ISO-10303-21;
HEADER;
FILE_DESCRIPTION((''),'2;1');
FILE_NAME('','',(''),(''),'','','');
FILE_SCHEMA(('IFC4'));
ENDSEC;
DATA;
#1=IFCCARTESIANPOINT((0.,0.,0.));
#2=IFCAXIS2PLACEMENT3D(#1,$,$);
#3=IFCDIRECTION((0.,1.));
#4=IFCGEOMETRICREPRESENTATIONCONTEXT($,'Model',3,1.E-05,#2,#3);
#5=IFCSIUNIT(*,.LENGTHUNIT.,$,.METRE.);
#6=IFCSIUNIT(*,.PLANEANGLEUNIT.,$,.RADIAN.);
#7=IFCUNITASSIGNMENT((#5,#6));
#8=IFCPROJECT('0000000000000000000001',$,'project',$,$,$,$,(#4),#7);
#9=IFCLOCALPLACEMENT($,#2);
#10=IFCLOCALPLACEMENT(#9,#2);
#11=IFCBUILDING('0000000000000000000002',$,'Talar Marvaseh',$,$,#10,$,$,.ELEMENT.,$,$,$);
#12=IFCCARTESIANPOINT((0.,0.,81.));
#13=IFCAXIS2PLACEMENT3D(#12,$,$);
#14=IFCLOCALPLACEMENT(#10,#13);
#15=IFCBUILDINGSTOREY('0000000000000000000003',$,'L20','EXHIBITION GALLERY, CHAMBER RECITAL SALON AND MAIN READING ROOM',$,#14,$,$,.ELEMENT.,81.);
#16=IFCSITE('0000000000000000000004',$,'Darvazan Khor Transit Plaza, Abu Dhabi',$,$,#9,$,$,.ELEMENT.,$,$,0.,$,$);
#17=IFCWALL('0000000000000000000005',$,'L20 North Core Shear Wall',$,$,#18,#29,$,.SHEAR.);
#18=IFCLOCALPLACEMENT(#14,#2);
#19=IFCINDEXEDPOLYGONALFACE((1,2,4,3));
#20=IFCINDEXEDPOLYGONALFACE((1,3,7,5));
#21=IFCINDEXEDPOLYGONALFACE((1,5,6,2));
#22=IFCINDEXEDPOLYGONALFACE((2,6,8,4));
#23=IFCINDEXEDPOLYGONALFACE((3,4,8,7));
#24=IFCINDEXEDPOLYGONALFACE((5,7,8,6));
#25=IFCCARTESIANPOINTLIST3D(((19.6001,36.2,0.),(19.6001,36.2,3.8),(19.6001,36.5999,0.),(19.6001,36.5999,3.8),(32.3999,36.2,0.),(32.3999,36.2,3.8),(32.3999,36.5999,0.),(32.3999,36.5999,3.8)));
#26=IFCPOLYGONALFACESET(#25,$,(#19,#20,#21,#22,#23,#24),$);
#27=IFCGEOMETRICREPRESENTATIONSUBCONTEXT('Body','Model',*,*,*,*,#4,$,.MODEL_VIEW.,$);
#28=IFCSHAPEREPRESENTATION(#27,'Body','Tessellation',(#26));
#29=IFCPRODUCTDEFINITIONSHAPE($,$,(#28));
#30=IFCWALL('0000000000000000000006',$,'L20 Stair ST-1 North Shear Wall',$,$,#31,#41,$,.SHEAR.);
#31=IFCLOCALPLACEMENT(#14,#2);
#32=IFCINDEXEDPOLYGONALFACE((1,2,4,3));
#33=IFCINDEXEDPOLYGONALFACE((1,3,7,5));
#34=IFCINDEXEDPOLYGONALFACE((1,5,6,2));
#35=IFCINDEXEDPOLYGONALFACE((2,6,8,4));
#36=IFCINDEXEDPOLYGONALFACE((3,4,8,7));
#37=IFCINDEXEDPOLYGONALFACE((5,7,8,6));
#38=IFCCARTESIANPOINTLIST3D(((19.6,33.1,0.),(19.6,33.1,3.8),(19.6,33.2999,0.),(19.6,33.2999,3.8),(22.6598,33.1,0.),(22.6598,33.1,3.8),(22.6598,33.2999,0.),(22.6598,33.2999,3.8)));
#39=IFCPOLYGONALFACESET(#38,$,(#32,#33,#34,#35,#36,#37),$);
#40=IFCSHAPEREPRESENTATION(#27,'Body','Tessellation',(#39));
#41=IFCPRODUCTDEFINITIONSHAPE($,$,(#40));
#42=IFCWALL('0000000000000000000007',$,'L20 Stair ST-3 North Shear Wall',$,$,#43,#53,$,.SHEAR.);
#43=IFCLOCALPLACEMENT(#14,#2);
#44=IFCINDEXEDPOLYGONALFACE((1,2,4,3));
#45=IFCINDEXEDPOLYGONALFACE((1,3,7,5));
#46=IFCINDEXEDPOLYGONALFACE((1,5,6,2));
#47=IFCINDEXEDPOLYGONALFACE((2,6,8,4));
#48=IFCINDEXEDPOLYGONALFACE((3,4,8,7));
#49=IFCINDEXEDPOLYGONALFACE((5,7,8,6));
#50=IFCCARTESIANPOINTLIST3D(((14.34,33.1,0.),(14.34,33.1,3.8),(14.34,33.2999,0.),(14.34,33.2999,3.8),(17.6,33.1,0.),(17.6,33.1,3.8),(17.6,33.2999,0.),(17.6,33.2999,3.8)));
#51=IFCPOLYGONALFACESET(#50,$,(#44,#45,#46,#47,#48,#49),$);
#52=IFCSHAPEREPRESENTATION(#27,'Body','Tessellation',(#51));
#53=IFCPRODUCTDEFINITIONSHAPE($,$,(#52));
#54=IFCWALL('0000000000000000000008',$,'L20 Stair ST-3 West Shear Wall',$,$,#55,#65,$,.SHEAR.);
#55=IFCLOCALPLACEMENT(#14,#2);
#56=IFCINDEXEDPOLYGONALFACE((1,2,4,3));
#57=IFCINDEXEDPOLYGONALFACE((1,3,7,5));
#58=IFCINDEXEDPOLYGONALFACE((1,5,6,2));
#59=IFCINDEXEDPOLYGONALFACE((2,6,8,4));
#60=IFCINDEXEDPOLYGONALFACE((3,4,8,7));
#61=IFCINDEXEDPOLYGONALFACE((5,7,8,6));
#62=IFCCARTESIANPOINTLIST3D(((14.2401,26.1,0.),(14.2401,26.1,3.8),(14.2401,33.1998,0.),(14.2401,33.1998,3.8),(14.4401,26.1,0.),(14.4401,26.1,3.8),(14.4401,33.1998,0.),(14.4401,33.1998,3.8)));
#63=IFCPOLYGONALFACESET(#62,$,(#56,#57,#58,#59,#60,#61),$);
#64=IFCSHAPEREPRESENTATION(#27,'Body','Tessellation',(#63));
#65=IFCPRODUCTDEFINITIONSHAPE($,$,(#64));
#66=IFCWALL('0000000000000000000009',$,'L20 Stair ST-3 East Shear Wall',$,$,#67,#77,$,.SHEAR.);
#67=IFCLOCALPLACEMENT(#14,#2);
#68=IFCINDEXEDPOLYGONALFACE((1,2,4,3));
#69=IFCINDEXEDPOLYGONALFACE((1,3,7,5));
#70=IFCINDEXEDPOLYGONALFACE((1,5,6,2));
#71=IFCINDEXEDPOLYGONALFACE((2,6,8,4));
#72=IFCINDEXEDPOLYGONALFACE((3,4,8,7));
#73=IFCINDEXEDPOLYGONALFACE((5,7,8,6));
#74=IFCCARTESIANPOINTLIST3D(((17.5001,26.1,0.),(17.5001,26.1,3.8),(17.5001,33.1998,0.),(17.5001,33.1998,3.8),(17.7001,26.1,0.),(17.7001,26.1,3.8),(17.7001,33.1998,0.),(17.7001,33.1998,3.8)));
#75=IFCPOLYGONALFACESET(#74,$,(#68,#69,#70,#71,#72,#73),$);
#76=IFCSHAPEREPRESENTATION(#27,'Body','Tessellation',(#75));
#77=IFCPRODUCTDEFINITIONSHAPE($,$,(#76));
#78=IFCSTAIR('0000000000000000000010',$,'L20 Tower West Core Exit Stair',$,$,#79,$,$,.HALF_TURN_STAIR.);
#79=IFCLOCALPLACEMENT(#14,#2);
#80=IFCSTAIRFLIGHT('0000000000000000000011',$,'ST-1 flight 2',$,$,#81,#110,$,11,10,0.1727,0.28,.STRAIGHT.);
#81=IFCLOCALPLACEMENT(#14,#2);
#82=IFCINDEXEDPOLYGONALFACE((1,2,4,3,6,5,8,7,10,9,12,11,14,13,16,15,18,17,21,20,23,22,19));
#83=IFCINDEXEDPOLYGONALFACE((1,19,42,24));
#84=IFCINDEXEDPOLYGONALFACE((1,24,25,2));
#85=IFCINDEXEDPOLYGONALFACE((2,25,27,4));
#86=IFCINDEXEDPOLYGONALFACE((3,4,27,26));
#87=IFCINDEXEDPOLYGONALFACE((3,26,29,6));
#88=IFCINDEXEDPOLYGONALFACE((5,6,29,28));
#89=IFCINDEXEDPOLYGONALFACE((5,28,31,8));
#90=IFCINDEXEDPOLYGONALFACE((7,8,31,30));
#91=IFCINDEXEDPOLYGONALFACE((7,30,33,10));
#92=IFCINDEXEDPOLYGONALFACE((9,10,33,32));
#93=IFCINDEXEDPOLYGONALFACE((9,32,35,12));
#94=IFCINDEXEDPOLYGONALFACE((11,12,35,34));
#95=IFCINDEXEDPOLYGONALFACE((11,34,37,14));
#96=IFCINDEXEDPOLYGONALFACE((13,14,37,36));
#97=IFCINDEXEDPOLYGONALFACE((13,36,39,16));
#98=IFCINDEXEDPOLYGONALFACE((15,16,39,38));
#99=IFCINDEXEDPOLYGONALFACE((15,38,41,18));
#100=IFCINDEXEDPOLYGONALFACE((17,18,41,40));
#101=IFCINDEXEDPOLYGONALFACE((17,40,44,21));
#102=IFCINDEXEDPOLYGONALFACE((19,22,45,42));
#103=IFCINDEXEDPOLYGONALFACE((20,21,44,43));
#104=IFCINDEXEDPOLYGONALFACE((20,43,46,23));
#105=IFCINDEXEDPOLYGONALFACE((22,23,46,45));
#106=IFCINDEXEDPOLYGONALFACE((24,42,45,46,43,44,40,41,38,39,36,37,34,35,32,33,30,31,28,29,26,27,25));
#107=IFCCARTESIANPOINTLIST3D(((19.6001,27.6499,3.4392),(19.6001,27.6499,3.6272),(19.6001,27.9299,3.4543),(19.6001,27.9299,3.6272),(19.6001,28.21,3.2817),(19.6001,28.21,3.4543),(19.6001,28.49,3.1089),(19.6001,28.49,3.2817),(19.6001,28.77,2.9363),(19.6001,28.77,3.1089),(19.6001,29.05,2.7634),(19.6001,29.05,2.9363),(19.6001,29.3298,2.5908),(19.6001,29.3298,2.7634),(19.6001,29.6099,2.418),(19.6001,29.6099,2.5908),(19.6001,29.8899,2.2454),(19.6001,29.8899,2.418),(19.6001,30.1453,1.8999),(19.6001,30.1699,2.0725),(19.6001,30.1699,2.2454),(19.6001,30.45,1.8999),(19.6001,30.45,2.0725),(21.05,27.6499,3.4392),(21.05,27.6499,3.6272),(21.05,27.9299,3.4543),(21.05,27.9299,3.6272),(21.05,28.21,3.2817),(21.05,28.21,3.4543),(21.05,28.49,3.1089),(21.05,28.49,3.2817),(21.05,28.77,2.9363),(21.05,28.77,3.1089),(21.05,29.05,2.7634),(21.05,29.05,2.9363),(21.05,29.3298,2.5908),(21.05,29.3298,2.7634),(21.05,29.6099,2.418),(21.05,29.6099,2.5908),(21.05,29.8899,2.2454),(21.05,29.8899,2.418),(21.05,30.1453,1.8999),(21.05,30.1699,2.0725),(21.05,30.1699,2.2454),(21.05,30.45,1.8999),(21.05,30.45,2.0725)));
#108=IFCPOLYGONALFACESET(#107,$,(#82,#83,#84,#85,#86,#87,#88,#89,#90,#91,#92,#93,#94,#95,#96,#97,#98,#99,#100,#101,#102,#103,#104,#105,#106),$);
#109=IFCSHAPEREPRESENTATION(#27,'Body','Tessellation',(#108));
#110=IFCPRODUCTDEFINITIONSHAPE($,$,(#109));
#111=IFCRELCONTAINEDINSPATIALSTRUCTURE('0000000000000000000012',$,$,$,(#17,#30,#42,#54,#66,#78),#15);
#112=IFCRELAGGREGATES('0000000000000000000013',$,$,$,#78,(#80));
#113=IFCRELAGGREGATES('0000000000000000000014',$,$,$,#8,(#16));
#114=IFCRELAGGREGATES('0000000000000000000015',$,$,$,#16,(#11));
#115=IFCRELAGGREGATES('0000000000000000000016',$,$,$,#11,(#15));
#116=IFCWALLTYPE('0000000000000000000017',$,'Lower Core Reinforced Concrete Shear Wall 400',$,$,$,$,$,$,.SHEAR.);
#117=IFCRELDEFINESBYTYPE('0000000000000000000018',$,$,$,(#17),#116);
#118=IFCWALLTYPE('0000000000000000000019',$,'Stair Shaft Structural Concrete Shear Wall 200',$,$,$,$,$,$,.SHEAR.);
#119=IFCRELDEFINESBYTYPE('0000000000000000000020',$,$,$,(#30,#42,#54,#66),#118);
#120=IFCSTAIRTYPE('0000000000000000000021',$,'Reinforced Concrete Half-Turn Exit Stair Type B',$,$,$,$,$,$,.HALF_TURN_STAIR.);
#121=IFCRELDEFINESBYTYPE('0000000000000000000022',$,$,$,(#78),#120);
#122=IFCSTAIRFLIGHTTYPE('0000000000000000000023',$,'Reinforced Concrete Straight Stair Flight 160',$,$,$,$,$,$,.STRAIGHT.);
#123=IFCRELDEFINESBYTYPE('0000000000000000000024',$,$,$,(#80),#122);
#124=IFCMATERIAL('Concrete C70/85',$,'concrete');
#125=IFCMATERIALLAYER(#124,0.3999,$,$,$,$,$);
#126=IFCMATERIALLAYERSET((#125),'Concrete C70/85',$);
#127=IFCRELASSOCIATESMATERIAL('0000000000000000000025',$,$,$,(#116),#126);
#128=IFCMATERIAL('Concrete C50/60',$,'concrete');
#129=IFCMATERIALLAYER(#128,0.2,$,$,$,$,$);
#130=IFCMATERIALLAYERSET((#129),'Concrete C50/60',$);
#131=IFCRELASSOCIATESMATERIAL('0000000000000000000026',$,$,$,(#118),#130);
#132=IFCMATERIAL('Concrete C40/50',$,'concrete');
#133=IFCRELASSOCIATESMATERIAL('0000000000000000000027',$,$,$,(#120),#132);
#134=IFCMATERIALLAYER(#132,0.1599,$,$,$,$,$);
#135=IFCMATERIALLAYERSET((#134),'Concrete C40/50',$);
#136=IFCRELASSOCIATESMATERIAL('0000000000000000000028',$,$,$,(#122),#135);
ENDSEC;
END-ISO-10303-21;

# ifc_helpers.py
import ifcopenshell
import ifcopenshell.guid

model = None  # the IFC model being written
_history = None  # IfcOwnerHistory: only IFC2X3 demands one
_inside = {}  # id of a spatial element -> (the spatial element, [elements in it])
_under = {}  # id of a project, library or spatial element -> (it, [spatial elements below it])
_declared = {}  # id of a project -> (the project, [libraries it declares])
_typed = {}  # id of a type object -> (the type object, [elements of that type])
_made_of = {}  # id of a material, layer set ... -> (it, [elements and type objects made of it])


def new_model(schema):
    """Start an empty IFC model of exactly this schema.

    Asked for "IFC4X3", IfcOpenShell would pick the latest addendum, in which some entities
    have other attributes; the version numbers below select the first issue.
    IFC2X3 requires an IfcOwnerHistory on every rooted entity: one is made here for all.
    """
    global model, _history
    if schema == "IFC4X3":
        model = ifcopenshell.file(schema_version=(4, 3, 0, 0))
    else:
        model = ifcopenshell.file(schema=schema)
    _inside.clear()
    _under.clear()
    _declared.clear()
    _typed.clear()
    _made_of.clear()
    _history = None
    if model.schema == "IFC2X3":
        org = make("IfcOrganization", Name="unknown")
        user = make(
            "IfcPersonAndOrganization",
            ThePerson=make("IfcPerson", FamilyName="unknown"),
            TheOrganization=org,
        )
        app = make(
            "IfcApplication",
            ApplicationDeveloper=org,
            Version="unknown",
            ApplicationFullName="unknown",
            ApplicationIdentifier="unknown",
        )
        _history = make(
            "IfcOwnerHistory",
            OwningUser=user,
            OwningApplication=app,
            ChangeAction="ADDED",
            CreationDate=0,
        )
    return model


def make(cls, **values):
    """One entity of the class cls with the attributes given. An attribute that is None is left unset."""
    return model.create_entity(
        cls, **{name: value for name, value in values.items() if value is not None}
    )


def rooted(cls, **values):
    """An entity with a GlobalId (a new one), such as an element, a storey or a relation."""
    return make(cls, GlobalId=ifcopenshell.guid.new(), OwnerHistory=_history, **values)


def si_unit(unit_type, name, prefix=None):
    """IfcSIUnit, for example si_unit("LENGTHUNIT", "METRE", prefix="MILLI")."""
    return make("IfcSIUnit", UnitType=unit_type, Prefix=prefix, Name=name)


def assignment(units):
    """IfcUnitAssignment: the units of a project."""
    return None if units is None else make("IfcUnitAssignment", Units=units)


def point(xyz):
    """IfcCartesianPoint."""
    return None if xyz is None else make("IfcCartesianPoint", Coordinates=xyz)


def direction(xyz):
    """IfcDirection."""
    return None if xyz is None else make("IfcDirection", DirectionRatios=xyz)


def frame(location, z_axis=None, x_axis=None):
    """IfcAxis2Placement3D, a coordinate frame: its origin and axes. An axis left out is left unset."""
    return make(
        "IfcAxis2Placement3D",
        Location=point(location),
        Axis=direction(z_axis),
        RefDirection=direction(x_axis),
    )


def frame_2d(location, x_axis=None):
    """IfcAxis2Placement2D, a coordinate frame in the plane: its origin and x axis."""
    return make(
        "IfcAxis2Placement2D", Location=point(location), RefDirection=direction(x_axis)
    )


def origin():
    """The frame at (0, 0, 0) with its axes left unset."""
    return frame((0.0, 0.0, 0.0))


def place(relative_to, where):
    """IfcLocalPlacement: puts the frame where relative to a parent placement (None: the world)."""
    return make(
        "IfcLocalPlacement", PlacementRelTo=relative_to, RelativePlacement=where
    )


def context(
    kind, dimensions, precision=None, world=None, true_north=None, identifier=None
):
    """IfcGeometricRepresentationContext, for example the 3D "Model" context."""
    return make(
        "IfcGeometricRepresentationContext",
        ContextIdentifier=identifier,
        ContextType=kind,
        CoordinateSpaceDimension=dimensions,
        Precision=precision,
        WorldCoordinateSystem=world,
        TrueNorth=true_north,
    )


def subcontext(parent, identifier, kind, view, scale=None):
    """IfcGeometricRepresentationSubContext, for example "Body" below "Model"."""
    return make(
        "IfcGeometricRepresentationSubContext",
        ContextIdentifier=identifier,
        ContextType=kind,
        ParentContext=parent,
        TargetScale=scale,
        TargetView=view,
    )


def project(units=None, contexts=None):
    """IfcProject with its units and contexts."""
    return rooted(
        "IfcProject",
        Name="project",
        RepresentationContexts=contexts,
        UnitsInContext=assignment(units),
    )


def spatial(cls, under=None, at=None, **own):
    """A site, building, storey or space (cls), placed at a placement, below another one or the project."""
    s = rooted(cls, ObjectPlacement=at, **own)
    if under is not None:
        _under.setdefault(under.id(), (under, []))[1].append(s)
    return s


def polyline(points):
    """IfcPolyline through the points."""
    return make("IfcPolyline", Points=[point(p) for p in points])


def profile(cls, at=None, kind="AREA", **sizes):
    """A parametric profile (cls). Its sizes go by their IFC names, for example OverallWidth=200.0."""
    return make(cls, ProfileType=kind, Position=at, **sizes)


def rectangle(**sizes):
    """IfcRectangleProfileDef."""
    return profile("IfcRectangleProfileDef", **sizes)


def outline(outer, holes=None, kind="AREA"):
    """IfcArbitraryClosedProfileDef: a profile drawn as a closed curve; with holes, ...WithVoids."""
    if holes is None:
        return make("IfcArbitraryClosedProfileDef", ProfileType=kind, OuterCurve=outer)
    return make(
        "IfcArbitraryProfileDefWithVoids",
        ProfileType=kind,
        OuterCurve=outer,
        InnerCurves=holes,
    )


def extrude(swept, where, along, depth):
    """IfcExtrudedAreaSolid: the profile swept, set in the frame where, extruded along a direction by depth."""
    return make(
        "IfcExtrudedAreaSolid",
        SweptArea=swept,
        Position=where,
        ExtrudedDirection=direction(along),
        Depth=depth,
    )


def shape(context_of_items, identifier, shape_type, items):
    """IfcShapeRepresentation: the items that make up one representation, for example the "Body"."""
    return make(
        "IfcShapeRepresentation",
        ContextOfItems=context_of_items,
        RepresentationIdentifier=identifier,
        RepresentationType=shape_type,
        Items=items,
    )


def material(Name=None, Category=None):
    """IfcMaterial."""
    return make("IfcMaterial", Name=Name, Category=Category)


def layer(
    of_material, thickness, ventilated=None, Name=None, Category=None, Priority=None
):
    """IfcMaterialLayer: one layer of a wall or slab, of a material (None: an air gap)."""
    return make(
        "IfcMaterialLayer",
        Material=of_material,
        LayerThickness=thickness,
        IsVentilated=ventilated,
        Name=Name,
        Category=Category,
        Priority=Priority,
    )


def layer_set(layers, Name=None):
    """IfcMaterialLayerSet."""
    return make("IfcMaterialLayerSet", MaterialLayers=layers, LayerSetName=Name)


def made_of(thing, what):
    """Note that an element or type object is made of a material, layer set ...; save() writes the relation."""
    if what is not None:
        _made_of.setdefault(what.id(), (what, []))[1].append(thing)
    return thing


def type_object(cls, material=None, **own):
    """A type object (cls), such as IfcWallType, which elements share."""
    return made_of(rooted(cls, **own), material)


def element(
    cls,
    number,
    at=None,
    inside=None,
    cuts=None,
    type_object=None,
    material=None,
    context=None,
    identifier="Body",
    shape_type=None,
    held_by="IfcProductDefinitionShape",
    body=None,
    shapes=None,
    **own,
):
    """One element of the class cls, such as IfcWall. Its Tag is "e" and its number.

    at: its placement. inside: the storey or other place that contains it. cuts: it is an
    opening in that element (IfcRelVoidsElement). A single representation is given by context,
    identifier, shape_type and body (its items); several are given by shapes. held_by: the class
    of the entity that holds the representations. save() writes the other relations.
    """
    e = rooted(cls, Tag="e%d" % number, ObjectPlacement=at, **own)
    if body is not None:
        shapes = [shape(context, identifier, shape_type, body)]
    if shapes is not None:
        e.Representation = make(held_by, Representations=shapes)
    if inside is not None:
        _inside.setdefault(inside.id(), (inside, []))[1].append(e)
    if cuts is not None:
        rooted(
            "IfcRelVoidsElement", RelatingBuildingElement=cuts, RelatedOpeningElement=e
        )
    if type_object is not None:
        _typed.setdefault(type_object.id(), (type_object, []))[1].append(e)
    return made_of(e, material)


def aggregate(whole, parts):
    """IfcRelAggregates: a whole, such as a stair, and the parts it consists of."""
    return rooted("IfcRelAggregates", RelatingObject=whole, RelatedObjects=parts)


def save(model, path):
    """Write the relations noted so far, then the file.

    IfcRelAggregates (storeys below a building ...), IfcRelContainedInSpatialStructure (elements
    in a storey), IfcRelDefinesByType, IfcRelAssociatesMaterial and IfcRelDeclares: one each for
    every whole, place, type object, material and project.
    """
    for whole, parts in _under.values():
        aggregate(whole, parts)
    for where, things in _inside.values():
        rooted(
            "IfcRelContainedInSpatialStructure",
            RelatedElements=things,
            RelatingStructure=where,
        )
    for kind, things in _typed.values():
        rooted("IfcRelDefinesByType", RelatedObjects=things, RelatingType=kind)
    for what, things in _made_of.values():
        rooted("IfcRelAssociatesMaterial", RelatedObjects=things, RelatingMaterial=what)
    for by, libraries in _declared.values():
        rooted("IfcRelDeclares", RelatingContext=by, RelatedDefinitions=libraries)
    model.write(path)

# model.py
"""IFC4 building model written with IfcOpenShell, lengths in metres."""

from ifc_helpers import new_model, si_unit, direction, frame, frame_2d, origin, place, context, subcontext, project, spatial, polyline, rectangle, outline, extrude, material, layer, layer_set, type_object, element, aggregate, save


model = new_model("IFC4")

# Units and contexts
model_context = context("Model", 3, precision=1e-05, world=origin(), true_north=direction((0.0, 1.0)))
body_context = subcontext(model_context, "Body", "Model", "MODEL_VIEW")
ifc_project = project(units=[si_unit("LENGTHUNIT", "METRE"), si_unit("PLANEANGLEUNIT", "RADIAN")], contexts=[model_context])

# Site, building, storey
site_placement = place(None, origin())
site = spatial("IfcSite", under=ifc_project, at=site_placement, Name="Darvazan Khor Transit Plaza, Abu Dhabi", CompositionType="ELEMENT", RefElevation=0.0)
building_placement = place(site_placement, origin())
building = spatial("IfcBuilding", under=site, at=building_placement, Name="Talar Marvaseh", CompositionType="ELEMENT")
storey_placement = place(building_placement, frame((0.0, 0.0, 81.0)))
storey = spatial("IfcBuildingStorey", under=building, at=storey_placement, Name="L20", Description="EXHIBITION GALLERY, CHAMBER RECITAL SALON AND MAIN READING ROOM", CompositionType="ELEMENT", Elevation=81.0)

# Shared definitions
ifc_material_1 = material(Name="Concrete C70/85", Category="concrete")

# Shared definitions
ifc_material_2 = material(Name="Concrete C40/50", Category="concrete")

# Walls
ifc_layer_1 = layer(ifc_material_1, 0.3999)
ifc_layer_set_1 = layer_set([ifc_layer_1], Name="Concrete C70/85")
wall_type_1 = type_object("IfcWallType", Name="Lower Core Reinforced Concrete Shear Wall 400", PredefinedType="SHEAR", material=ifc_layer_set_1)
wall_1_placement = place(storey_placement, frame((19.6001, 36.3999, 0.0), z_axis=(0.0, 0.0, 1.0), x_axis=(1.0, 0.0, 0.0)))
element("IfcWall", 1, at=wall_1_placement, inside=storey, type_object=wall_type_1, Name="L20 North Core Shear Wall", PredefinedType="SHEAR", context=body_context, shape_type="SweptSolid", body=[
    extrude(rectangle(XDim=12.7998, YDim=0.3999, at=frame_2d((6.3999, 0.0))), origin(), (0.0, 0.0, 1.0), 3.8),
])
ifc_material_3 = material(Name="Concrete C50/60", Category="concrete")
ifc_layer_2 = layer(ifc_material_3, 0.2)
ifc_layer_set_2 = layer_set([ifc_layer_2], Name="Concrete C50/60")
wall_type_2 = type_object("IfcWallType", Name="Stair Shaft Structural Concrete Shear Wall 200", PredefinedType="SHEAR", material=ifc_layer_set_2)
wall_2_placement = place(storey_placement, frame((19.6001, 33.2, 0.0), z_axis=(0.0, 0.0, 1.0), x_axis=(1.0, 0.0, 0.0)))
element("IfcWall", 2, at=wall_2_placement, inside=storey, type_object=wall_type_2, Name="L20 Stair ST-1 North Shear Wall", PredefinedType="SHEAR", context=body_context, shape_type="SweptSolid", body=[
    extrude(rectangle(XDim=3.0598, YDim=0.2, at=frame_2d((1.5298, 0.0))), origin(), (0.0, 0.0, 1.0), 3.8),
])

# Walls
wall_3_placement = place(storey_placement, frame((14.3401, 33.2, 0.0), z_axis=(0.0, 0.0, 1.0), x_axis=(1.0, 0.0, 0.0)))
element("IfcWall", 3, at=wall_3_placement, inside=storey, type_object=wall_type_2, Name="L20 Stair ST-3 North Shear Wall", PredefinedType="SHEAR", context=body_context, shape_type="SweptSolid", body=[
    extrude(rectangle(XDim=3.26, YDim=0.2, at=frame_2d((1.6299, 0.0))), origin(), (0.0, 0.0, 1.0), 3.8),
])
for number, where, z_axis, x_axis, name in (
    (4, (14.3401, 26.1001, 0.0), (0.0, 0.0, 1.0), (0.0, 1.0, 0.0), "L20 Stair ST-3 West Shear Wall"),
    (5, (17.6001, 26.1001, 0.0), (0.0, 0.0, 1.0), (0.0, 1.0, 0.0), "L20 Stair ST-3 East Shear Wall"),
):
    element("IfcWall", number, at=place(storey_placement, frame(where, z_axis=z_axis, x_axis=x_axis)), inside=storey, type_object=wall_type_2, Name=name, PredefinedType="SHEAR", context=body_context, shape_type="SweptSolid", body=[
        extrude(rectangle(XDim=7.0999, YDim=0.2, at=frame_2d((3.5498, 0.0))), origin(), (0.0, 0.0, 1.0), 3.8),
    ])

# Stair, stair flight
stair_type = type_object("IfcStairType", Name="Reinforced Concrete Half-Turn Exit Stair Type B", PredefinedType="HALF_TURN_STAIR", material=ifc_material_2)
stair_placement = place(storey_placement, origin())
stair = element("IfcStair", 6, at=stair_placement, inside=storey, type_object=stair_type, Name="L20 Tower West Core Exit Stair", PredefinedType="HALF_TURN_STAIR")
ifc_layer_3 = layer(ifc_material_2, 0.1599)
ifc_layer_set_3 = layer_set([ifc_layer_3], Name="Concrete C40/50")
stair_flight_type = type_object("IfcStairFlightType", Name="Reinforced Concrete Straight Stair Flight 160", PredefinedType="STRAIGHT", material=ifc_layer_set_3)
stair_flight_placement = place(storey_placement, frame((20.325, 30.45, 1.8999), z_axis=(0.0, 0.0, 1.0), x_axis=(0.0, -1.0, 0.0)))
stair_flight = element("IfcStairFlight", 7, at=stair_flight_placement, type_object=stair_flight_type, Name="ST-1 flight 2", NumberOfRisers=11, NumberOfTreads=10, PredefinedType="STRAIGHT", RiserHeight=0.1727, TreadLength=0.28, context=body_context, shape_type="SweptSolid", body=[
    extrude(outline(polyline([(0.0, 0.0), (0.0, 0.1726), (0.28, 0.1726), (0.28, 0.3455), (0.5601, 0.3455), (0.5601, 0.5181), (0.8401, 0.5181), (0.8401, 0.6909), (1.1201, 0.6909), (1.1201, 0.8635), (1.3999, 0.8635), (1.3999, 1.0364), (1.6799, 1.0364), (1.6799, 1.209), (1.96, 1.209), (1.96, 1.3818), (2.24, 1.3818), (2.24, 1.5544), (2.52, 1.5544), (2.52, 1.7273), (2.8, 1.7273), (2.8, 1.8999), (2.8, 1.5393), (0.3047, 0.0), (0.0, 0.0)])), frame((0.0, 0.7251, 0.0), z_axis=(0.0, -1.0, 0.0), x_axis=(1.0, 0.0, 0.0)), (0.0, 0.0, 1.0), 1.45),
])
aggregate(stair, [stair_flight])

save(model, "model.ifc")
